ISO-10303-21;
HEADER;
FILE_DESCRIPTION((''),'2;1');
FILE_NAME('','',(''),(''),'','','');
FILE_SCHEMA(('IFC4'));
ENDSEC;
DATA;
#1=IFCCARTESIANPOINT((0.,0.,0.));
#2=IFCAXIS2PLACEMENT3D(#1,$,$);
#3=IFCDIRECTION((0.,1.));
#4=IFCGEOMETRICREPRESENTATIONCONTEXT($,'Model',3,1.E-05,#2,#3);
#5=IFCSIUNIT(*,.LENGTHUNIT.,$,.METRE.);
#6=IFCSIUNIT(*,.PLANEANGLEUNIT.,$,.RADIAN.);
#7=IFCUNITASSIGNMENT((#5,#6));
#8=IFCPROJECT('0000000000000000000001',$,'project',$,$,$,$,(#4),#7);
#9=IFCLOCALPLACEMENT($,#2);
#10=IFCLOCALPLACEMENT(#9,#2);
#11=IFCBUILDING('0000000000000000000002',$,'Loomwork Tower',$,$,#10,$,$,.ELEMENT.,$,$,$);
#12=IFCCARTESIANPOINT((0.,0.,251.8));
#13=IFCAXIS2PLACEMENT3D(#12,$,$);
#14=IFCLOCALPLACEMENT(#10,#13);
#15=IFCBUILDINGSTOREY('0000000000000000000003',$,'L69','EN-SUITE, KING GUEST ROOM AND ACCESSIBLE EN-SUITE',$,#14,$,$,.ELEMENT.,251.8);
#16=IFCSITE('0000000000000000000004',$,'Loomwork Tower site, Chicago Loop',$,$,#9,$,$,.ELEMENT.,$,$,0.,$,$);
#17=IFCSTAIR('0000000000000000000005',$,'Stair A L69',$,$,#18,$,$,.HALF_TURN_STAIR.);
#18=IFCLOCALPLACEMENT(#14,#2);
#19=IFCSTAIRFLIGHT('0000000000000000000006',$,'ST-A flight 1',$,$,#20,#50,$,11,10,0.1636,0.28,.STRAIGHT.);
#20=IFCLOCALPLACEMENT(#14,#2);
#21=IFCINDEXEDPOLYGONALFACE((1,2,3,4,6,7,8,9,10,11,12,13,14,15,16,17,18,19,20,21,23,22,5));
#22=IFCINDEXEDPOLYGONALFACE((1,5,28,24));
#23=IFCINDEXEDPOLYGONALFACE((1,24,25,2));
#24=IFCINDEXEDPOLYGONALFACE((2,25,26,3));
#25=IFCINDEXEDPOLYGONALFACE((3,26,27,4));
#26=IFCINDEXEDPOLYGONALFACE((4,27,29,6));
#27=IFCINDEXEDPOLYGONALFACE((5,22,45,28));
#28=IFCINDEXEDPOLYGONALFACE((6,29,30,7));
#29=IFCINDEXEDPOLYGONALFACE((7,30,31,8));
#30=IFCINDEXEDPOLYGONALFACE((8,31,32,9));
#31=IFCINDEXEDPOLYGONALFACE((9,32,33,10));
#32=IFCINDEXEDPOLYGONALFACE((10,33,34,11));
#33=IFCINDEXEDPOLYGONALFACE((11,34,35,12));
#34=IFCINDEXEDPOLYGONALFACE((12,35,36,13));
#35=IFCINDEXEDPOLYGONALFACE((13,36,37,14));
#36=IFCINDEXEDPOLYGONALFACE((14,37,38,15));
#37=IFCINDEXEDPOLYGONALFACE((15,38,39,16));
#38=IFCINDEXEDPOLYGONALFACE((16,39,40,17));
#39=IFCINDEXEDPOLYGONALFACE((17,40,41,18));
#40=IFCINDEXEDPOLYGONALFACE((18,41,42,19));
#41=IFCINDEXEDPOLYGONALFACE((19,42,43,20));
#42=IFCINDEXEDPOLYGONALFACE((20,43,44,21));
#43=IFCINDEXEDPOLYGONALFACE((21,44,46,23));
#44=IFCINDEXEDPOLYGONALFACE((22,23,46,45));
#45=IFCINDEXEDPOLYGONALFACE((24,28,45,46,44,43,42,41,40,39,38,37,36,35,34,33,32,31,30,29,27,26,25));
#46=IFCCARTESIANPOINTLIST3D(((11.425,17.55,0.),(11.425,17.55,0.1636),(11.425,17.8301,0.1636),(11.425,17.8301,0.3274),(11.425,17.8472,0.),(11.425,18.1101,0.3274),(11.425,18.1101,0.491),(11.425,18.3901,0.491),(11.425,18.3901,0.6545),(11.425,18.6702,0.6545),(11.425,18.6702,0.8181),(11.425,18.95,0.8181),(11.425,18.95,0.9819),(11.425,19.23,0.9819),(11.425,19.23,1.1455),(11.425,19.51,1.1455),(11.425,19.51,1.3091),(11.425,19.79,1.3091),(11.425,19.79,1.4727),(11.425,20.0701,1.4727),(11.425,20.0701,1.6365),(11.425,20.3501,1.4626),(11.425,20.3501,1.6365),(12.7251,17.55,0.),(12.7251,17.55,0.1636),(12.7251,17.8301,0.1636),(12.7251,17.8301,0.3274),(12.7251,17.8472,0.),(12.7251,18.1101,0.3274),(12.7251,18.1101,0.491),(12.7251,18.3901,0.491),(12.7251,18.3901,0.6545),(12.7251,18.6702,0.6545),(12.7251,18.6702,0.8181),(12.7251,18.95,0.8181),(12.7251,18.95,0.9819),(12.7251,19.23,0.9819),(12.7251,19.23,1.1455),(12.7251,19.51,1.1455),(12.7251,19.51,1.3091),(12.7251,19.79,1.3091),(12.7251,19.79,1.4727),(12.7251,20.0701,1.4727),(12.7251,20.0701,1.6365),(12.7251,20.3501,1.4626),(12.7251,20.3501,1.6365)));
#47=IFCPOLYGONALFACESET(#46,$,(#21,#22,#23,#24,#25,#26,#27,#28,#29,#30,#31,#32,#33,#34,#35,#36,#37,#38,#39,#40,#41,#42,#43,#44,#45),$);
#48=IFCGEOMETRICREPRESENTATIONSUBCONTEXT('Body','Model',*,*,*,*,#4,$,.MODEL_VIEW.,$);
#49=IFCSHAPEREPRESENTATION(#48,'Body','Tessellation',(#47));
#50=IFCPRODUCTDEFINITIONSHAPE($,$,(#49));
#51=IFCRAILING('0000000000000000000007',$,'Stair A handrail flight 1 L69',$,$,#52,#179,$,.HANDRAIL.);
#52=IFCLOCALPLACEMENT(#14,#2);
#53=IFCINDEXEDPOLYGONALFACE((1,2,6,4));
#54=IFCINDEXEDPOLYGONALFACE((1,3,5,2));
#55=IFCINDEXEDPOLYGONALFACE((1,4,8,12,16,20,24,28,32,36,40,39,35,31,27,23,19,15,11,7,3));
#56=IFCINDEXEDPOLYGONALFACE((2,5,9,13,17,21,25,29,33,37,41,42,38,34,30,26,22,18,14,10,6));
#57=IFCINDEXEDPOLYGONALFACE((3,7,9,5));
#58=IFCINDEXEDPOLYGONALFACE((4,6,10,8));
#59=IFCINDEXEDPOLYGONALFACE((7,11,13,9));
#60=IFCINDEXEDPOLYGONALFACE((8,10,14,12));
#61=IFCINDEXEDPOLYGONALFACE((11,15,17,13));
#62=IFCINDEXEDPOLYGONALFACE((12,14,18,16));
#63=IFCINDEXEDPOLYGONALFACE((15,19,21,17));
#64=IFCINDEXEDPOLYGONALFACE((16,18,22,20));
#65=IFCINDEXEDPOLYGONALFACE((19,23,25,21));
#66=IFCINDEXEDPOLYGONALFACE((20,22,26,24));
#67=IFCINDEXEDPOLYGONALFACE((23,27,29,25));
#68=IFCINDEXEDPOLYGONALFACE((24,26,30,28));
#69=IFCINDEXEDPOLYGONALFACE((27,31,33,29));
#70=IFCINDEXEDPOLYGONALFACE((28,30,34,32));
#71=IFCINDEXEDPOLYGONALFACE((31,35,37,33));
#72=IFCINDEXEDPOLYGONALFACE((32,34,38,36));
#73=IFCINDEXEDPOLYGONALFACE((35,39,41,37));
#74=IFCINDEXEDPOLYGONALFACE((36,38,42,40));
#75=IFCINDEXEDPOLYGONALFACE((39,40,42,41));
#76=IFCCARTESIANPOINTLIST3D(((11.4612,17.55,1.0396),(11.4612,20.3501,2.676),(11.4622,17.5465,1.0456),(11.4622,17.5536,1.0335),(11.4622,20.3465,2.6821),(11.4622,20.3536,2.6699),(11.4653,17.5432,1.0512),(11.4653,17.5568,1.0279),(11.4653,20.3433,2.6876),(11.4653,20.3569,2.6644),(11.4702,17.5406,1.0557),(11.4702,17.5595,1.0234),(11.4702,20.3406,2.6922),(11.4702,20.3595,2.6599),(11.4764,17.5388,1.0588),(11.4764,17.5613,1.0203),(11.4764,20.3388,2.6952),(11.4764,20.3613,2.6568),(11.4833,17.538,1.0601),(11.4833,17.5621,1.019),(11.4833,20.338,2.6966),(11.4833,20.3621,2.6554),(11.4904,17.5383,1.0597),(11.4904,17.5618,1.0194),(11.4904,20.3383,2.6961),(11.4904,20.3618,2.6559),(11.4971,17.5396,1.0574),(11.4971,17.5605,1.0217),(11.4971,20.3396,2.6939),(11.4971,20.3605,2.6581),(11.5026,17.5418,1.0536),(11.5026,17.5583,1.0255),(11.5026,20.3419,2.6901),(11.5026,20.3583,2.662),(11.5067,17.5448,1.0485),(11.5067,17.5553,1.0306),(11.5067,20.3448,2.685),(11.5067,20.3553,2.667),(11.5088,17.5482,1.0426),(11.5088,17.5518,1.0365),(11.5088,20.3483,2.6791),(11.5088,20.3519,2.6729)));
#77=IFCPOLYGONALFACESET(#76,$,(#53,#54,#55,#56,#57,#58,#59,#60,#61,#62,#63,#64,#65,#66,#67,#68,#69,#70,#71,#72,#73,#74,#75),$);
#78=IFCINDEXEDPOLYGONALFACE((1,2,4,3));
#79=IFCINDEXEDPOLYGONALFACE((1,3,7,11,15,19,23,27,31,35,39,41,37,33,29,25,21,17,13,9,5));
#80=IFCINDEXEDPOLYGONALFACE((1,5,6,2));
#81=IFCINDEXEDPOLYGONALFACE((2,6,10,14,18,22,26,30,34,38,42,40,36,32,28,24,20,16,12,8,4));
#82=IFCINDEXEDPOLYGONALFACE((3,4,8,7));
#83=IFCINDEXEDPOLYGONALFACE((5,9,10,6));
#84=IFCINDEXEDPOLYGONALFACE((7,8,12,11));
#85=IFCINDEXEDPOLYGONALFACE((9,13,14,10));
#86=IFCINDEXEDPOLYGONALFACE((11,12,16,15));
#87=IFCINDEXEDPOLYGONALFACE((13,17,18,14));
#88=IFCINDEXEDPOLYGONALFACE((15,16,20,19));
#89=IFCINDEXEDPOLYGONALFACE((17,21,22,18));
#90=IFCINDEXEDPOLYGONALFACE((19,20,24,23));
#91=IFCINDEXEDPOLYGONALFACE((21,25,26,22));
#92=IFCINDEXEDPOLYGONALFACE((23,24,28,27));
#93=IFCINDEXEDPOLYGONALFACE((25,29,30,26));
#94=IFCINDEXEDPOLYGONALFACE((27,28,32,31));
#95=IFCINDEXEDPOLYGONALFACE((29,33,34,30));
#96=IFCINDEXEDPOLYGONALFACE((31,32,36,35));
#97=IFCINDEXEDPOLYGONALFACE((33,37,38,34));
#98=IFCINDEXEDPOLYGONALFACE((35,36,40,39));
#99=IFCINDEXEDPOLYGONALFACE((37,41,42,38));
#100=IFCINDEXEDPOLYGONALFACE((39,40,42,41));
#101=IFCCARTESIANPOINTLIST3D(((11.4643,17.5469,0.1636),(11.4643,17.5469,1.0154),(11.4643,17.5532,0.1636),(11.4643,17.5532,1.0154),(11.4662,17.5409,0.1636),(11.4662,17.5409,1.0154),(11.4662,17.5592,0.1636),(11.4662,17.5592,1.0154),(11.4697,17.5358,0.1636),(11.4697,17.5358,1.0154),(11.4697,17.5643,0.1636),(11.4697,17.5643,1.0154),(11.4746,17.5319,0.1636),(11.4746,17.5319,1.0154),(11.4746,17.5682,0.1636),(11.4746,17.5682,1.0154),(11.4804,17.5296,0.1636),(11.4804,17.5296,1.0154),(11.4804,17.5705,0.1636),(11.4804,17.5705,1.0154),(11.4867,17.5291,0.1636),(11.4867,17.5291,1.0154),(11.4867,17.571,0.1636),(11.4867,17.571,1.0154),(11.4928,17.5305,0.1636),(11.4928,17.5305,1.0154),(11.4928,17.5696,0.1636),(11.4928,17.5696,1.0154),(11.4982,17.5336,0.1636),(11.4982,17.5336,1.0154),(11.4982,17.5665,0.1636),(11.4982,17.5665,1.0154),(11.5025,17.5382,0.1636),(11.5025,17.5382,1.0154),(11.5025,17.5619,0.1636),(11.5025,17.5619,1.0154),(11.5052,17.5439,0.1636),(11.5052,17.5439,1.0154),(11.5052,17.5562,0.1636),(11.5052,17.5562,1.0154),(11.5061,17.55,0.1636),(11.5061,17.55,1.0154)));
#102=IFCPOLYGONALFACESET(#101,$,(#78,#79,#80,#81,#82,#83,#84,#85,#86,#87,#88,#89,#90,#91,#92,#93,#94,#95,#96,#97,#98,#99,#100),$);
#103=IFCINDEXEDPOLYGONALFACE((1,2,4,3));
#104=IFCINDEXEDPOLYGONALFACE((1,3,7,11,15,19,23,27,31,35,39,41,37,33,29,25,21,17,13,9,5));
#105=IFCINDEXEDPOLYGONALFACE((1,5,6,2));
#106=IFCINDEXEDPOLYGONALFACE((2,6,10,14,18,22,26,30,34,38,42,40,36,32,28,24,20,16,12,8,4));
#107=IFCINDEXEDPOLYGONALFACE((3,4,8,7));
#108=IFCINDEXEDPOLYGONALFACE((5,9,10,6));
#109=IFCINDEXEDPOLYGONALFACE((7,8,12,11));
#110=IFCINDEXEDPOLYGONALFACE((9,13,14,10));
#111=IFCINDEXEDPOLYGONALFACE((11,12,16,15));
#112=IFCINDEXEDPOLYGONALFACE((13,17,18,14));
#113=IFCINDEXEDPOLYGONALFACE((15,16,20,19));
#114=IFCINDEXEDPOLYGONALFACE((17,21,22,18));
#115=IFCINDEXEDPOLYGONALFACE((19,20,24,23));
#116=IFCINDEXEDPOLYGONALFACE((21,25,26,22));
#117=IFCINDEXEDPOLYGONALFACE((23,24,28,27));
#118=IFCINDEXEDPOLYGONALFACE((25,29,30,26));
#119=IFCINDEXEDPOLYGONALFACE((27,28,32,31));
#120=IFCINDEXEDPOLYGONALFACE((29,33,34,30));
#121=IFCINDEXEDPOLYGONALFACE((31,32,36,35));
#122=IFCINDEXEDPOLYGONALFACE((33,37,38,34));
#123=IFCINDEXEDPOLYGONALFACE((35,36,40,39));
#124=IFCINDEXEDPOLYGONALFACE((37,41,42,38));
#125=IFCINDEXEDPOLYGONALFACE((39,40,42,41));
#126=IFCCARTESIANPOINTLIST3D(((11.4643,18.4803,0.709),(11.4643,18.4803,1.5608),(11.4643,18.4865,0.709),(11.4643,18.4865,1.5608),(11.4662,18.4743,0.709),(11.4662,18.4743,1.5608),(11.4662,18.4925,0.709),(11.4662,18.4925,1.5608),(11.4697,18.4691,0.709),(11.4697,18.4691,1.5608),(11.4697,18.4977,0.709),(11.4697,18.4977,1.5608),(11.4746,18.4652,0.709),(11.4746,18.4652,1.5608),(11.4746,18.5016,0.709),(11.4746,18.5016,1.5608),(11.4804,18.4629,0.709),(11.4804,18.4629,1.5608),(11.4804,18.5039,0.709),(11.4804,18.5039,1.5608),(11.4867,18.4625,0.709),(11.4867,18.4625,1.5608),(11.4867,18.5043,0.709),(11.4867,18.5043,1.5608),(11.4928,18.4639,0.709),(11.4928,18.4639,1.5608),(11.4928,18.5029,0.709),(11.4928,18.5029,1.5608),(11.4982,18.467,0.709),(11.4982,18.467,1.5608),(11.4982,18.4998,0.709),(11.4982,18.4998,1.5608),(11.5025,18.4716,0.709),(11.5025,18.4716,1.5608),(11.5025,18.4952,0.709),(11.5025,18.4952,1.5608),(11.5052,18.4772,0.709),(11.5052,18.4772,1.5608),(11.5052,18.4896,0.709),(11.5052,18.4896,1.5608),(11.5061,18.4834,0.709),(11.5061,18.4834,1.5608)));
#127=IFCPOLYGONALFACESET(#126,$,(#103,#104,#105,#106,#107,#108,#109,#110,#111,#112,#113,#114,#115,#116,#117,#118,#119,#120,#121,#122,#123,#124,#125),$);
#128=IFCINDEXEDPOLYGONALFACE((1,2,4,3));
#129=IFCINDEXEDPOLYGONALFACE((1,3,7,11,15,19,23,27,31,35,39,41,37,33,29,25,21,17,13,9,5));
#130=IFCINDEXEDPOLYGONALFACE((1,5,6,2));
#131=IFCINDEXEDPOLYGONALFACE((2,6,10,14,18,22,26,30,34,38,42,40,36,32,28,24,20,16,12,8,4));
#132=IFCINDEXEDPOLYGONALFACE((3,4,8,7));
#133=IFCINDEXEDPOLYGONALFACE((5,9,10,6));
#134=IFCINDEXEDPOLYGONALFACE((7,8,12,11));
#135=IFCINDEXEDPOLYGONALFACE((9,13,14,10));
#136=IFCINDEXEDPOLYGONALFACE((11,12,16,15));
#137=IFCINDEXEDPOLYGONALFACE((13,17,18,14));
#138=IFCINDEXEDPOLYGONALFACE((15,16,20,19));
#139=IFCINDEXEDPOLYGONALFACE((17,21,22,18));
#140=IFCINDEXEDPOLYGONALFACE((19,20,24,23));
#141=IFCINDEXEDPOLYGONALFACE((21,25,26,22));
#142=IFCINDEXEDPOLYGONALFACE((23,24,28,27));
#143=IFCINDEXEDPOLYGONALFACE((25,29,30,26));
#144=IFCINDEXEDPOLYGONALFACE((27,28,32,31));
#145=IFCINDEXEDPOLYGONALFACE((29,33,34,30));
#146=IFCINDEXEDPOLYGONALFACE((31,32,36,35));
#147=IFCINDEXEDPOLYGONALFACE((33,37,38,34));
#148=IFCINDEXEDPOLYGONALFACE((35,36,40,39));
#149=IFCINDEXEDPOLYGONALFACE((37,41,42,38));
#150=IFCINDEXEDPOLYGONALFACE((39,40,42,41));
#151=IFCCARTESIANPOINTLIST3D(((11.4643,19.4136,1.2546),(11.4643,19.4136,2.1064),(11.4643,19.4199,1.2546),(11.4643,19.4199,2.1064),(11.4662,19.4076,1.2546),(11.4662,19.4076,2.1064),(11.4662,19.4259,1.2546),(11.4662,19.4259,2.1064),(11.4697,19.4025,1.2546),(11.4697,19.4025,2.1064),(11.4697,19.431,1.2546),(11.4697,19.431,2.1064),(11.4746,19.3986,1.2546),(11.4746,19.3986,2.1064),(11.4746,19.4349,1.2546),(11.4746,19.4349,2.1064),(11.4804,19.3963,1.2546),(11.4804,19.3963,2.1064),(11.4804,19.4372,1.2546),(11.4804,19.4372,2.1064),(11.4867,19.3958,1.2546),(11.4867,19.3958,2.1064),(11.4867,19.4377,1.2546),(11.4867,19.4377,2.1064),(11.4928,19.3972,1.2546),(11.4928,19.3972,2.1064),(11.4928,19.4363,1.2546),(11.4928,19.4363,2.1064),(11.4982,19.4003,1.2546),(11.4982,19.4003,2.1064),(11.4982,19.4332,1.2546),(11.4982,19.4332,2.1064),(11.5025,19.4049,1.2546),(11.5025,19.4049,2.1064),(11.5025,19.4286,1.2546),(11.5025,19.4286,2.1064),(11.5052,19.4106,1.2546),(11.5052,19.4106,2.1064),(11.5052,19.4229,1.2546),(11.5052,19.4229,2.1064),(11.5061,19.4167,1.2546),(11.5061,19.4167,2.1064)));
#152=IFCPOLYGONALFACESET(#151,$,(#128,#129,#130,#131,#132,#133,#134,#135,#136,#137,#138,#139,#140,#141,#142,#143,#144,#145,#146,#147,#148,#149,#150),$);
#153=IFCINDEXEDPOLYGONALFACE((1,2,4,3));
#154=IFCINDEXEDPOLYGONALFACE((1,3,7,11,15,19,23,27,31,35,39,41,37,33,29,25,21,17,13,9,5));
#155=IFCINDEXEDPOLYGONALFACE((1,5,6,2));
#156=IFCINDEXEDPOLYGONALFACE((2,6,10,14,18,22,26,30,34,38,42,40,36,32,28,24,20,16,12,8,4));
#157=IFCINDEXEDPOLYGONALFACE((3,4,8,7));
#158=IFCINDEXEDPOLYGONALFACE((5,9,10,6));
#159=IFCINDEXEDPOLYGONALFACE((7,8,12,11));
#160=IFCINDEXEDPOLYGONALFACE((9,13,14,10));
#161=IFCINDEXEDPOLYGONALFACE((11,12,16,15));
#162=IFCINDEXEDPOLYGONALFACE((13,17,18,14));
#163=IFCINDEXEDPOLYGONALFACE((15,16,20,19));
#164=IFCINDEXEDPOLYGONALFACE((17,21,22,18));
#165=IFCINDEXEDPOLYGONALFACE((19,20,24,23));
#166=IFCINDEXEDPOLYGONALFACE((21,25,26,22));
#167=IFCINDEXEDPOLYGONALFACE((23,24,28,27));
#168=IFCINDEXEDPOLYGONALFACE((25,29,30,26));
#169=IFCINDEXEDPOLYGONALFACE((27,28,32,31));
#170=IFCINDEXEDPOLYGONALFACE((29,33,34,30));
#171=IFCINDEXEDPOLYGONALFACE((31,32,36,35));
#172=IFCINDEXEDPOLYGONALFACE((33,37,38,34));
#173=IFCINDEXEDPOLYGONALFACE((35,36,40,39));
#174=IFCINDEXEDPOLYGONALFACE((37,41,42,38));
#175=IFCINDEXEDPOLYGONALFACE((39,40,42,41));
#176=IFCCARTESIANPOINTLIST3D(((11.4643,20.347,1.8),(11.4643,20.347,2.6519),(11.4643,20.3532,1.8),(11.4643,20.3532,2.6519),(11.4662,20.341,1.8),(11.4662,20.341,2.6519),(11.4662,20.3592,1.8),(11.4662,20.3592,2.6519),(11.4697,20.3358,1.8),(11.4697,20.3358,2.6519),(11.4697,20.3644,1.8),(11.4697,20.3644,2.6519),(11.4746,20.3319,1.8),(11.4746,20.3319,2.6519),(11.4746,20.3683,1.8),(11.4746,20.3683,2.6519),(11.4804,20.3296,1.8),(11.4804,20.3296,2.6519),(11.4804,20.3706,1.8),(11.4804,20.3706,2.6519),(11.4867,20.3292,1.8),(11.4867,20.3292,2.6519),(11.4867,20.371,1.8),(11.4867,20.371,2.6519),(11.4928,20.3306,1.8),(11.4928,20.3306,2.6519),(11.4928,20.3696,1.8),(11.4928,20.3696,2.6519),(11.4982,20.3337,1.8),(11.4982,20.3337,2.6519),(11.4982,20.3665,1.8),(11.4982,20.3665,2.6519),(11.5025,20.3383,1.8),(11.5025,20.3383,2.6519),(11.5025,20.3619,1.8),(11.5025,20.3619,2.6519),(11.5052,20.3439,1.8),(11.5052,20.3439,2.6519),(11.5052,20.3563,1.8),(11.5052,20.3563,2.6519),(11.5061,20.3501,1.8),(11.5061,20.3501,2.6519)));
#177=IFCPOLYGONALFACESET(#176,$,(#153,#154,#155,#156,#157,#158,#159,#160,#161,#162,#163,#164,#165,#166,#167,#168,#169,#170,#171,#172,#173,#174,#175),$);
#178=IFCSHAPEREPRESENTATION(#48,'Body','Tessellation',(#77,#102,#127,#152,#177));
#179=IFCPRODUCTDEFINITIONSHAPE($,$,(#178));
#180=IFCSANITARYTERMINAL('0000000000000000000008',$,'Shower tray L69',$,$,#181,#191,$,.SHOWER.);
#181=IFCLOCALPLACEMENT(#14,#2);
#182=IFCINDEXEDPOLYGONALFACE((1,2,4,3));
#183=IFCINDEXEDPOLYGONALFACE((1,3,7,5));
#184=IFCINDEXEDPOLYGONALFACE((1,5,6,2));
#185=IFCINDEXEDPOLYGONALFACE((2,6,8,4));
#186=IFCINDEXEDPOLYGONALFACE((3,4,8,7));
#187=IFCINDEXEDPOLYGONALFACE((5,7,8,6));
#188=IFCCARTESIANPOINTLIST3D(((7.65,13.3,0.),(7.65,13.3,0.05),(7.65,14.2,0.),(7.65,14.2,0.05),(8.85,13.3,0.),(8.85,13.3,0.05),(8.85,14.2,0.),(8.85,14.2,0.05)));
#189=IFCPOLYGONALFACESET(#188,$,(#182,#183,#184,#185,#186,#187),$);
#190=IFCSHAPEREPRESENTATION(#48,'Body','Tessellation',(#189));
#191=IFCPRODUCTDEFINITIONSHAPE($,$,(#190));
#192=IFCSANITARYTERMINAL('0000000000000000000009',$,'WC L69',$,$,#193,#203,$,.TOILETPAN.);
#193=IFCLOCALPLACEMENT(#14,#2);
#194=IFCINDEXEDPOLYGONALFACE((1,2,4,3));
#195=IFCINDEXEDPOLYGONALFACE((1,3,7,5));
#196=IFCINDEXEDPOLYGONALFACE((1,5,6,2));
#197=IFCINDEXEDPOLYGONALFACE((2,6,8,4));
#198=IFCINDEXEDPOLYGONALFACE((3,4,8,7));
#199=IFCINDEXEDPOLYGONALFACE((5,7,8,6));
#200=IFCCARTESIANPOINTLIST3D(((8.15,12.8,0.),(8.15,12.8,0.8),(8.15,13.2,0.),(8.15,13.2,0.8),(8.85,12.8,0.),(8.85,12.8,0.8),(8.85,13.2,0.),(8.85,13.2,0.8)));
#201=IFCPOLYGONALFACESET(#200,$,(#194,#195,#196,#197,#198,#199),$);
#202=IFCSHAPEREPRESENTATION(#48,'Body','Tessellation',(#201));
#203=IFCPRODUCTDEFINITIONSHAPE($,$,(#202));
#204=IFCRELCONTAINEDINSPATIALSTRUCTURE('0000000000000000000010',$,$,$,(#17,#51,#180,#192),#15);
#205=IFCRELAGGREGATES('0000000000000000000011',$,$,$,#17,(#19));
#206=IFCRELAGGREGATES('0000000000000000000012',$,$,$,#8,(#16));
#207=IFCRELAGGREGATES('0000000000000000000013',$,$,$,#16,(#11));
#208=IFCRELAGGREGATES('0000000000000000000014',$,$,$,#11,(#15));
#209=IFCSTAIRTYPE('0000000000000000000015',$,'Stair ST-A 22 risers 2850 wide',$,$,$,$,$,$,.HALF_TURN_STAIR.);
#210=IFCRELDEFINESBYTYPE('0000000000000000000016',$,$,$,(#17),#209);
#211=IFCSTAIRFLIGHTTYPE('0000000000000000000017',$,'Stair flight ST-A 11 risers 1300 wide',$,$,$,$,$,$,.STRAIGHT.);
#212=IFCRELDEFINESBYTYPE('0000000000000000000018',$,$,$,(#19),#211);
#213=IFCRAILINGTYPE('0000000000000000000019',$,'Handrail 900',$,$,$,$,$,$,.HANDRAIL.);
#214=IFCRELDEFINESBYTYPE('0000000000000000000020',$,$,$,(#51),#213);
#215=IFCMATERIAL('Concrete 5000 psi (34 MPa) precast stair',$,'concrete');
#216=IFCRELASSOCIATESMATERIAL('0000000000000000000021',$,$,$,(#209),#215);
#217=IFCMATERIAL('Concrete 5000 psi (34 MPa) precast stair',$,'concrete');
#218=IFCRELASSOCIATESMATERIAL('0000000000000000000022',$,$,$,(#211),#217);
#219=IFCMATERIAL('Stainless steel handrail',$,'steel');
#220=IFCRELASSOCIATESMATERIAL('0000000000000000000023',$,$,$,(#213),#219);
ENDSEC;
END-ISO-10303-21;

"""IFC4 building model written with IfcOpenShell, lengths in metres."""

from ifc_helpers import new_model, si_unit, direction, frame, origin, origin_2d, place, context, subcontext, project, spatial, polyline, rectangle, circle, outline, extrude, material, type_object, element, aggregate, save


model = new_model("IFC4")

# Units and contexts
model_context = context("Model", 3, precision=1e-05, world=origin(), true_north=direction((0.0, 1.0)))
body_context = subcontext(model_context, "Body", "Model", "MODEL_VIEW")
ifc_project = project(units=[si_unit("LENGTHUNIT", "METRE"), si_unit("PLANEANGLEUNIT", "RADIAN")], contexts=[model_context])

# Site, building, storey
site_placement = place(None, origin())
site = spatial("IfcSite", under=ifc_project, at=site_placement, Name="Loomwork Tower site, Chicago Loop", CompositionType="ELEMENT", RefElevation=0.0)
building_placement = place(site_placement, origin())
building = spatial("IfcBuilding", under=site, at=building_placement, Name="Loomwork Tower", CompositionType="ELEMENT")
storey_placement = place(building_placement, frame((0.0, 0.0, 251.8)))
storey = spatial("IfcBuildingStorey", under=building, at=storey_placement, Name="L69", Description="EN-SUITE, KING GUEST ROOM AND ACCESSIBLE EN-SUITE", CompositionType="ELEMENT", Elevation=251.8)

# Stair, stair flight
ifc_material_1 = material(Name="Concrete 5000 psi (34 MPa) precast stair", Category="concrete")
stair_type = type_object("IfcStairType", Name="Stair ST-A 22 risers 2850 wide", PredefinedType="HALF_TURN_STAIR", material=ifc_material_1)
stair_placement = place(storey_placement, origin())
stair = element("IfcStair", 1, at=stair_placement, inside=storey, type_object=stair_type, Name="Stair A L69", PredefinedType="HALF_TURN_STAIR")
ifc_material_2 = material(Name="Concrete 5000 psi (34 MPa) precast stair", Category="concrete")
stair_flight_type = type_object("IfcStairFlightType", Name="Stair flight ST-A 11 risers 1300 wide", PredefinedType="STRAIGHT", material=ifc_material_2)
stair_flight_placement = place(storey_placement, frame((12.075, 17.55, 0.0), z_axis=(0.0, 0.0, 1.0), x_axis=(0.0, 1.0, 0.0)))
stair_flight = element("IfcStairFlight", 2, at=stair_flight_placement, type_object=stair_flight_type, Name="ST-A flight 1", NumberOfRisers=11, NumberOfTreads=10, PredefinedType="STRAIGHT", RiserHeight=0.1636, TreadLength=0.28, context=body_context, shape_type="SweptSolid", body=[
    extrude(outline(polyline([(0.0, 0.0), (0.0, 0.1636), (0.28, 0.1636), (0.28, 0.3274), (0.5601, 0.3274), (0.5601, 0.491), (0.8401, 0.491), (0.8401, 0.6545), (1.1201, 0.6545), (1.1201, 0.8181), (1.3999, 0.8181), (1.3999, 0.9819), (1.6799, 0.9819), (1.6799, 1.1455), (1.96, 1.1455), (1.96, 1.3091), (2.24, 1.3091), (2.24, 1.4727), (2.52, 1.4727), (2.52, 1.6365), (2.8, 1.6365), (2.8, 1.8), (2.8, 1.4626), (0.2971, 0.0), (0.0, 0.0)])), frame((0.0, 0.6499, 0.0), z_axis=(0.0, -1.0, 0.0), x_axis=(1.0, 0.0, 0.0)), (0.0, 0.0, 1.0), 1.3),
])
aggregate(stair, [stair_flight])

# Railing
ifc_material_3 = material(Name="Stainless steel handrail", Category="steel")
railing_type = type_object("IfcRailingType", Name="Handrail 900", PredefinedType="HANDRAIL", material=ifc_material_3)
railing_placement = place(storey_placement, frame((11.4851, 17.55, 0.1636)))
element("IfcRailing", 3, at=railing_placement, inside=storey, type_object=railing_type, Name="Stair A handrail flight 1 L69", PredefinedType="HANDRAIL", context=body_context, shape_type="SweptSolid", body=[
    extrude(circle(Radius=0.0239, at=origin_2d()), frame((0.0, 0.0, 0.876), z_axis=(0.0, 0.863361, 0.504587), x_axis=(-1.0, 0.0, 0.0)), (0.0, 0.0, 1.0), 3.2432),
    extrude(circle(Radius=0.021, at=origin_2d()), origin(), (0.0, 0.0, 1.0), 0.8518),
    extrude(circle(Radius=0.021, at=origin_2d()), frame((0.0, 0.9333, 0.5454)), (0.0, 0.0, 1.0), 0.8518),
    extrude(circle(Radius=0.021, at=origin_2d()), frame((0.0, 1.8667, 1.0911)), (0.0, 0.0, 1.0), 0.8518),
    extrude(circle(Radius=0.021, at=origin_2d()), frame((0.0, 2.8, 1.6365)), (0.0, 0.0, 1.0), 0.8518),
])

# Sanitary terminals
sanitary_terminal_1_placement = place(storey_placement, frame((8.25, 13.75, 0.0), z_axis=(0.0, 0.0, 1.0), x_axis=(1.0, 0.0, 0.0)))
element("IfcSanitaryTerminal", 4, at=sanitary_terminal_1_placement, inside=storey, Name="Shower tray L69", PredefinedType="SHOWER", context=body_context, shape_type="SweptSolid", body=[
    extrude(rectangle(XDim=1.2, YDim=0.8999, at=origin_2d()), origin(), (0.0, 0.0, 1.0), 0.05),
])
sanitary_terminal_2_placement = place(storey_placement, frame((8.5, 13.0, 0.0), z_axis=(0.0, 0.0, 1.0), x_axis=(1.0, 0.0, 0.0)))
element("IfcSanitaryTerminal", 5, at=sanitary_terminal_2_placement, inside=storey, Name="WC L69", PredefinedType="TOILETPAN", context=body_context, shape_type="SweptSolid", body=[
    extrude(rectangle(XDim=0.7, YDim=0.3999, at=origin_2d()), origin(), (0.0, 0.0, 1.0), 0.8),
])

save(model, "model.ifc")
